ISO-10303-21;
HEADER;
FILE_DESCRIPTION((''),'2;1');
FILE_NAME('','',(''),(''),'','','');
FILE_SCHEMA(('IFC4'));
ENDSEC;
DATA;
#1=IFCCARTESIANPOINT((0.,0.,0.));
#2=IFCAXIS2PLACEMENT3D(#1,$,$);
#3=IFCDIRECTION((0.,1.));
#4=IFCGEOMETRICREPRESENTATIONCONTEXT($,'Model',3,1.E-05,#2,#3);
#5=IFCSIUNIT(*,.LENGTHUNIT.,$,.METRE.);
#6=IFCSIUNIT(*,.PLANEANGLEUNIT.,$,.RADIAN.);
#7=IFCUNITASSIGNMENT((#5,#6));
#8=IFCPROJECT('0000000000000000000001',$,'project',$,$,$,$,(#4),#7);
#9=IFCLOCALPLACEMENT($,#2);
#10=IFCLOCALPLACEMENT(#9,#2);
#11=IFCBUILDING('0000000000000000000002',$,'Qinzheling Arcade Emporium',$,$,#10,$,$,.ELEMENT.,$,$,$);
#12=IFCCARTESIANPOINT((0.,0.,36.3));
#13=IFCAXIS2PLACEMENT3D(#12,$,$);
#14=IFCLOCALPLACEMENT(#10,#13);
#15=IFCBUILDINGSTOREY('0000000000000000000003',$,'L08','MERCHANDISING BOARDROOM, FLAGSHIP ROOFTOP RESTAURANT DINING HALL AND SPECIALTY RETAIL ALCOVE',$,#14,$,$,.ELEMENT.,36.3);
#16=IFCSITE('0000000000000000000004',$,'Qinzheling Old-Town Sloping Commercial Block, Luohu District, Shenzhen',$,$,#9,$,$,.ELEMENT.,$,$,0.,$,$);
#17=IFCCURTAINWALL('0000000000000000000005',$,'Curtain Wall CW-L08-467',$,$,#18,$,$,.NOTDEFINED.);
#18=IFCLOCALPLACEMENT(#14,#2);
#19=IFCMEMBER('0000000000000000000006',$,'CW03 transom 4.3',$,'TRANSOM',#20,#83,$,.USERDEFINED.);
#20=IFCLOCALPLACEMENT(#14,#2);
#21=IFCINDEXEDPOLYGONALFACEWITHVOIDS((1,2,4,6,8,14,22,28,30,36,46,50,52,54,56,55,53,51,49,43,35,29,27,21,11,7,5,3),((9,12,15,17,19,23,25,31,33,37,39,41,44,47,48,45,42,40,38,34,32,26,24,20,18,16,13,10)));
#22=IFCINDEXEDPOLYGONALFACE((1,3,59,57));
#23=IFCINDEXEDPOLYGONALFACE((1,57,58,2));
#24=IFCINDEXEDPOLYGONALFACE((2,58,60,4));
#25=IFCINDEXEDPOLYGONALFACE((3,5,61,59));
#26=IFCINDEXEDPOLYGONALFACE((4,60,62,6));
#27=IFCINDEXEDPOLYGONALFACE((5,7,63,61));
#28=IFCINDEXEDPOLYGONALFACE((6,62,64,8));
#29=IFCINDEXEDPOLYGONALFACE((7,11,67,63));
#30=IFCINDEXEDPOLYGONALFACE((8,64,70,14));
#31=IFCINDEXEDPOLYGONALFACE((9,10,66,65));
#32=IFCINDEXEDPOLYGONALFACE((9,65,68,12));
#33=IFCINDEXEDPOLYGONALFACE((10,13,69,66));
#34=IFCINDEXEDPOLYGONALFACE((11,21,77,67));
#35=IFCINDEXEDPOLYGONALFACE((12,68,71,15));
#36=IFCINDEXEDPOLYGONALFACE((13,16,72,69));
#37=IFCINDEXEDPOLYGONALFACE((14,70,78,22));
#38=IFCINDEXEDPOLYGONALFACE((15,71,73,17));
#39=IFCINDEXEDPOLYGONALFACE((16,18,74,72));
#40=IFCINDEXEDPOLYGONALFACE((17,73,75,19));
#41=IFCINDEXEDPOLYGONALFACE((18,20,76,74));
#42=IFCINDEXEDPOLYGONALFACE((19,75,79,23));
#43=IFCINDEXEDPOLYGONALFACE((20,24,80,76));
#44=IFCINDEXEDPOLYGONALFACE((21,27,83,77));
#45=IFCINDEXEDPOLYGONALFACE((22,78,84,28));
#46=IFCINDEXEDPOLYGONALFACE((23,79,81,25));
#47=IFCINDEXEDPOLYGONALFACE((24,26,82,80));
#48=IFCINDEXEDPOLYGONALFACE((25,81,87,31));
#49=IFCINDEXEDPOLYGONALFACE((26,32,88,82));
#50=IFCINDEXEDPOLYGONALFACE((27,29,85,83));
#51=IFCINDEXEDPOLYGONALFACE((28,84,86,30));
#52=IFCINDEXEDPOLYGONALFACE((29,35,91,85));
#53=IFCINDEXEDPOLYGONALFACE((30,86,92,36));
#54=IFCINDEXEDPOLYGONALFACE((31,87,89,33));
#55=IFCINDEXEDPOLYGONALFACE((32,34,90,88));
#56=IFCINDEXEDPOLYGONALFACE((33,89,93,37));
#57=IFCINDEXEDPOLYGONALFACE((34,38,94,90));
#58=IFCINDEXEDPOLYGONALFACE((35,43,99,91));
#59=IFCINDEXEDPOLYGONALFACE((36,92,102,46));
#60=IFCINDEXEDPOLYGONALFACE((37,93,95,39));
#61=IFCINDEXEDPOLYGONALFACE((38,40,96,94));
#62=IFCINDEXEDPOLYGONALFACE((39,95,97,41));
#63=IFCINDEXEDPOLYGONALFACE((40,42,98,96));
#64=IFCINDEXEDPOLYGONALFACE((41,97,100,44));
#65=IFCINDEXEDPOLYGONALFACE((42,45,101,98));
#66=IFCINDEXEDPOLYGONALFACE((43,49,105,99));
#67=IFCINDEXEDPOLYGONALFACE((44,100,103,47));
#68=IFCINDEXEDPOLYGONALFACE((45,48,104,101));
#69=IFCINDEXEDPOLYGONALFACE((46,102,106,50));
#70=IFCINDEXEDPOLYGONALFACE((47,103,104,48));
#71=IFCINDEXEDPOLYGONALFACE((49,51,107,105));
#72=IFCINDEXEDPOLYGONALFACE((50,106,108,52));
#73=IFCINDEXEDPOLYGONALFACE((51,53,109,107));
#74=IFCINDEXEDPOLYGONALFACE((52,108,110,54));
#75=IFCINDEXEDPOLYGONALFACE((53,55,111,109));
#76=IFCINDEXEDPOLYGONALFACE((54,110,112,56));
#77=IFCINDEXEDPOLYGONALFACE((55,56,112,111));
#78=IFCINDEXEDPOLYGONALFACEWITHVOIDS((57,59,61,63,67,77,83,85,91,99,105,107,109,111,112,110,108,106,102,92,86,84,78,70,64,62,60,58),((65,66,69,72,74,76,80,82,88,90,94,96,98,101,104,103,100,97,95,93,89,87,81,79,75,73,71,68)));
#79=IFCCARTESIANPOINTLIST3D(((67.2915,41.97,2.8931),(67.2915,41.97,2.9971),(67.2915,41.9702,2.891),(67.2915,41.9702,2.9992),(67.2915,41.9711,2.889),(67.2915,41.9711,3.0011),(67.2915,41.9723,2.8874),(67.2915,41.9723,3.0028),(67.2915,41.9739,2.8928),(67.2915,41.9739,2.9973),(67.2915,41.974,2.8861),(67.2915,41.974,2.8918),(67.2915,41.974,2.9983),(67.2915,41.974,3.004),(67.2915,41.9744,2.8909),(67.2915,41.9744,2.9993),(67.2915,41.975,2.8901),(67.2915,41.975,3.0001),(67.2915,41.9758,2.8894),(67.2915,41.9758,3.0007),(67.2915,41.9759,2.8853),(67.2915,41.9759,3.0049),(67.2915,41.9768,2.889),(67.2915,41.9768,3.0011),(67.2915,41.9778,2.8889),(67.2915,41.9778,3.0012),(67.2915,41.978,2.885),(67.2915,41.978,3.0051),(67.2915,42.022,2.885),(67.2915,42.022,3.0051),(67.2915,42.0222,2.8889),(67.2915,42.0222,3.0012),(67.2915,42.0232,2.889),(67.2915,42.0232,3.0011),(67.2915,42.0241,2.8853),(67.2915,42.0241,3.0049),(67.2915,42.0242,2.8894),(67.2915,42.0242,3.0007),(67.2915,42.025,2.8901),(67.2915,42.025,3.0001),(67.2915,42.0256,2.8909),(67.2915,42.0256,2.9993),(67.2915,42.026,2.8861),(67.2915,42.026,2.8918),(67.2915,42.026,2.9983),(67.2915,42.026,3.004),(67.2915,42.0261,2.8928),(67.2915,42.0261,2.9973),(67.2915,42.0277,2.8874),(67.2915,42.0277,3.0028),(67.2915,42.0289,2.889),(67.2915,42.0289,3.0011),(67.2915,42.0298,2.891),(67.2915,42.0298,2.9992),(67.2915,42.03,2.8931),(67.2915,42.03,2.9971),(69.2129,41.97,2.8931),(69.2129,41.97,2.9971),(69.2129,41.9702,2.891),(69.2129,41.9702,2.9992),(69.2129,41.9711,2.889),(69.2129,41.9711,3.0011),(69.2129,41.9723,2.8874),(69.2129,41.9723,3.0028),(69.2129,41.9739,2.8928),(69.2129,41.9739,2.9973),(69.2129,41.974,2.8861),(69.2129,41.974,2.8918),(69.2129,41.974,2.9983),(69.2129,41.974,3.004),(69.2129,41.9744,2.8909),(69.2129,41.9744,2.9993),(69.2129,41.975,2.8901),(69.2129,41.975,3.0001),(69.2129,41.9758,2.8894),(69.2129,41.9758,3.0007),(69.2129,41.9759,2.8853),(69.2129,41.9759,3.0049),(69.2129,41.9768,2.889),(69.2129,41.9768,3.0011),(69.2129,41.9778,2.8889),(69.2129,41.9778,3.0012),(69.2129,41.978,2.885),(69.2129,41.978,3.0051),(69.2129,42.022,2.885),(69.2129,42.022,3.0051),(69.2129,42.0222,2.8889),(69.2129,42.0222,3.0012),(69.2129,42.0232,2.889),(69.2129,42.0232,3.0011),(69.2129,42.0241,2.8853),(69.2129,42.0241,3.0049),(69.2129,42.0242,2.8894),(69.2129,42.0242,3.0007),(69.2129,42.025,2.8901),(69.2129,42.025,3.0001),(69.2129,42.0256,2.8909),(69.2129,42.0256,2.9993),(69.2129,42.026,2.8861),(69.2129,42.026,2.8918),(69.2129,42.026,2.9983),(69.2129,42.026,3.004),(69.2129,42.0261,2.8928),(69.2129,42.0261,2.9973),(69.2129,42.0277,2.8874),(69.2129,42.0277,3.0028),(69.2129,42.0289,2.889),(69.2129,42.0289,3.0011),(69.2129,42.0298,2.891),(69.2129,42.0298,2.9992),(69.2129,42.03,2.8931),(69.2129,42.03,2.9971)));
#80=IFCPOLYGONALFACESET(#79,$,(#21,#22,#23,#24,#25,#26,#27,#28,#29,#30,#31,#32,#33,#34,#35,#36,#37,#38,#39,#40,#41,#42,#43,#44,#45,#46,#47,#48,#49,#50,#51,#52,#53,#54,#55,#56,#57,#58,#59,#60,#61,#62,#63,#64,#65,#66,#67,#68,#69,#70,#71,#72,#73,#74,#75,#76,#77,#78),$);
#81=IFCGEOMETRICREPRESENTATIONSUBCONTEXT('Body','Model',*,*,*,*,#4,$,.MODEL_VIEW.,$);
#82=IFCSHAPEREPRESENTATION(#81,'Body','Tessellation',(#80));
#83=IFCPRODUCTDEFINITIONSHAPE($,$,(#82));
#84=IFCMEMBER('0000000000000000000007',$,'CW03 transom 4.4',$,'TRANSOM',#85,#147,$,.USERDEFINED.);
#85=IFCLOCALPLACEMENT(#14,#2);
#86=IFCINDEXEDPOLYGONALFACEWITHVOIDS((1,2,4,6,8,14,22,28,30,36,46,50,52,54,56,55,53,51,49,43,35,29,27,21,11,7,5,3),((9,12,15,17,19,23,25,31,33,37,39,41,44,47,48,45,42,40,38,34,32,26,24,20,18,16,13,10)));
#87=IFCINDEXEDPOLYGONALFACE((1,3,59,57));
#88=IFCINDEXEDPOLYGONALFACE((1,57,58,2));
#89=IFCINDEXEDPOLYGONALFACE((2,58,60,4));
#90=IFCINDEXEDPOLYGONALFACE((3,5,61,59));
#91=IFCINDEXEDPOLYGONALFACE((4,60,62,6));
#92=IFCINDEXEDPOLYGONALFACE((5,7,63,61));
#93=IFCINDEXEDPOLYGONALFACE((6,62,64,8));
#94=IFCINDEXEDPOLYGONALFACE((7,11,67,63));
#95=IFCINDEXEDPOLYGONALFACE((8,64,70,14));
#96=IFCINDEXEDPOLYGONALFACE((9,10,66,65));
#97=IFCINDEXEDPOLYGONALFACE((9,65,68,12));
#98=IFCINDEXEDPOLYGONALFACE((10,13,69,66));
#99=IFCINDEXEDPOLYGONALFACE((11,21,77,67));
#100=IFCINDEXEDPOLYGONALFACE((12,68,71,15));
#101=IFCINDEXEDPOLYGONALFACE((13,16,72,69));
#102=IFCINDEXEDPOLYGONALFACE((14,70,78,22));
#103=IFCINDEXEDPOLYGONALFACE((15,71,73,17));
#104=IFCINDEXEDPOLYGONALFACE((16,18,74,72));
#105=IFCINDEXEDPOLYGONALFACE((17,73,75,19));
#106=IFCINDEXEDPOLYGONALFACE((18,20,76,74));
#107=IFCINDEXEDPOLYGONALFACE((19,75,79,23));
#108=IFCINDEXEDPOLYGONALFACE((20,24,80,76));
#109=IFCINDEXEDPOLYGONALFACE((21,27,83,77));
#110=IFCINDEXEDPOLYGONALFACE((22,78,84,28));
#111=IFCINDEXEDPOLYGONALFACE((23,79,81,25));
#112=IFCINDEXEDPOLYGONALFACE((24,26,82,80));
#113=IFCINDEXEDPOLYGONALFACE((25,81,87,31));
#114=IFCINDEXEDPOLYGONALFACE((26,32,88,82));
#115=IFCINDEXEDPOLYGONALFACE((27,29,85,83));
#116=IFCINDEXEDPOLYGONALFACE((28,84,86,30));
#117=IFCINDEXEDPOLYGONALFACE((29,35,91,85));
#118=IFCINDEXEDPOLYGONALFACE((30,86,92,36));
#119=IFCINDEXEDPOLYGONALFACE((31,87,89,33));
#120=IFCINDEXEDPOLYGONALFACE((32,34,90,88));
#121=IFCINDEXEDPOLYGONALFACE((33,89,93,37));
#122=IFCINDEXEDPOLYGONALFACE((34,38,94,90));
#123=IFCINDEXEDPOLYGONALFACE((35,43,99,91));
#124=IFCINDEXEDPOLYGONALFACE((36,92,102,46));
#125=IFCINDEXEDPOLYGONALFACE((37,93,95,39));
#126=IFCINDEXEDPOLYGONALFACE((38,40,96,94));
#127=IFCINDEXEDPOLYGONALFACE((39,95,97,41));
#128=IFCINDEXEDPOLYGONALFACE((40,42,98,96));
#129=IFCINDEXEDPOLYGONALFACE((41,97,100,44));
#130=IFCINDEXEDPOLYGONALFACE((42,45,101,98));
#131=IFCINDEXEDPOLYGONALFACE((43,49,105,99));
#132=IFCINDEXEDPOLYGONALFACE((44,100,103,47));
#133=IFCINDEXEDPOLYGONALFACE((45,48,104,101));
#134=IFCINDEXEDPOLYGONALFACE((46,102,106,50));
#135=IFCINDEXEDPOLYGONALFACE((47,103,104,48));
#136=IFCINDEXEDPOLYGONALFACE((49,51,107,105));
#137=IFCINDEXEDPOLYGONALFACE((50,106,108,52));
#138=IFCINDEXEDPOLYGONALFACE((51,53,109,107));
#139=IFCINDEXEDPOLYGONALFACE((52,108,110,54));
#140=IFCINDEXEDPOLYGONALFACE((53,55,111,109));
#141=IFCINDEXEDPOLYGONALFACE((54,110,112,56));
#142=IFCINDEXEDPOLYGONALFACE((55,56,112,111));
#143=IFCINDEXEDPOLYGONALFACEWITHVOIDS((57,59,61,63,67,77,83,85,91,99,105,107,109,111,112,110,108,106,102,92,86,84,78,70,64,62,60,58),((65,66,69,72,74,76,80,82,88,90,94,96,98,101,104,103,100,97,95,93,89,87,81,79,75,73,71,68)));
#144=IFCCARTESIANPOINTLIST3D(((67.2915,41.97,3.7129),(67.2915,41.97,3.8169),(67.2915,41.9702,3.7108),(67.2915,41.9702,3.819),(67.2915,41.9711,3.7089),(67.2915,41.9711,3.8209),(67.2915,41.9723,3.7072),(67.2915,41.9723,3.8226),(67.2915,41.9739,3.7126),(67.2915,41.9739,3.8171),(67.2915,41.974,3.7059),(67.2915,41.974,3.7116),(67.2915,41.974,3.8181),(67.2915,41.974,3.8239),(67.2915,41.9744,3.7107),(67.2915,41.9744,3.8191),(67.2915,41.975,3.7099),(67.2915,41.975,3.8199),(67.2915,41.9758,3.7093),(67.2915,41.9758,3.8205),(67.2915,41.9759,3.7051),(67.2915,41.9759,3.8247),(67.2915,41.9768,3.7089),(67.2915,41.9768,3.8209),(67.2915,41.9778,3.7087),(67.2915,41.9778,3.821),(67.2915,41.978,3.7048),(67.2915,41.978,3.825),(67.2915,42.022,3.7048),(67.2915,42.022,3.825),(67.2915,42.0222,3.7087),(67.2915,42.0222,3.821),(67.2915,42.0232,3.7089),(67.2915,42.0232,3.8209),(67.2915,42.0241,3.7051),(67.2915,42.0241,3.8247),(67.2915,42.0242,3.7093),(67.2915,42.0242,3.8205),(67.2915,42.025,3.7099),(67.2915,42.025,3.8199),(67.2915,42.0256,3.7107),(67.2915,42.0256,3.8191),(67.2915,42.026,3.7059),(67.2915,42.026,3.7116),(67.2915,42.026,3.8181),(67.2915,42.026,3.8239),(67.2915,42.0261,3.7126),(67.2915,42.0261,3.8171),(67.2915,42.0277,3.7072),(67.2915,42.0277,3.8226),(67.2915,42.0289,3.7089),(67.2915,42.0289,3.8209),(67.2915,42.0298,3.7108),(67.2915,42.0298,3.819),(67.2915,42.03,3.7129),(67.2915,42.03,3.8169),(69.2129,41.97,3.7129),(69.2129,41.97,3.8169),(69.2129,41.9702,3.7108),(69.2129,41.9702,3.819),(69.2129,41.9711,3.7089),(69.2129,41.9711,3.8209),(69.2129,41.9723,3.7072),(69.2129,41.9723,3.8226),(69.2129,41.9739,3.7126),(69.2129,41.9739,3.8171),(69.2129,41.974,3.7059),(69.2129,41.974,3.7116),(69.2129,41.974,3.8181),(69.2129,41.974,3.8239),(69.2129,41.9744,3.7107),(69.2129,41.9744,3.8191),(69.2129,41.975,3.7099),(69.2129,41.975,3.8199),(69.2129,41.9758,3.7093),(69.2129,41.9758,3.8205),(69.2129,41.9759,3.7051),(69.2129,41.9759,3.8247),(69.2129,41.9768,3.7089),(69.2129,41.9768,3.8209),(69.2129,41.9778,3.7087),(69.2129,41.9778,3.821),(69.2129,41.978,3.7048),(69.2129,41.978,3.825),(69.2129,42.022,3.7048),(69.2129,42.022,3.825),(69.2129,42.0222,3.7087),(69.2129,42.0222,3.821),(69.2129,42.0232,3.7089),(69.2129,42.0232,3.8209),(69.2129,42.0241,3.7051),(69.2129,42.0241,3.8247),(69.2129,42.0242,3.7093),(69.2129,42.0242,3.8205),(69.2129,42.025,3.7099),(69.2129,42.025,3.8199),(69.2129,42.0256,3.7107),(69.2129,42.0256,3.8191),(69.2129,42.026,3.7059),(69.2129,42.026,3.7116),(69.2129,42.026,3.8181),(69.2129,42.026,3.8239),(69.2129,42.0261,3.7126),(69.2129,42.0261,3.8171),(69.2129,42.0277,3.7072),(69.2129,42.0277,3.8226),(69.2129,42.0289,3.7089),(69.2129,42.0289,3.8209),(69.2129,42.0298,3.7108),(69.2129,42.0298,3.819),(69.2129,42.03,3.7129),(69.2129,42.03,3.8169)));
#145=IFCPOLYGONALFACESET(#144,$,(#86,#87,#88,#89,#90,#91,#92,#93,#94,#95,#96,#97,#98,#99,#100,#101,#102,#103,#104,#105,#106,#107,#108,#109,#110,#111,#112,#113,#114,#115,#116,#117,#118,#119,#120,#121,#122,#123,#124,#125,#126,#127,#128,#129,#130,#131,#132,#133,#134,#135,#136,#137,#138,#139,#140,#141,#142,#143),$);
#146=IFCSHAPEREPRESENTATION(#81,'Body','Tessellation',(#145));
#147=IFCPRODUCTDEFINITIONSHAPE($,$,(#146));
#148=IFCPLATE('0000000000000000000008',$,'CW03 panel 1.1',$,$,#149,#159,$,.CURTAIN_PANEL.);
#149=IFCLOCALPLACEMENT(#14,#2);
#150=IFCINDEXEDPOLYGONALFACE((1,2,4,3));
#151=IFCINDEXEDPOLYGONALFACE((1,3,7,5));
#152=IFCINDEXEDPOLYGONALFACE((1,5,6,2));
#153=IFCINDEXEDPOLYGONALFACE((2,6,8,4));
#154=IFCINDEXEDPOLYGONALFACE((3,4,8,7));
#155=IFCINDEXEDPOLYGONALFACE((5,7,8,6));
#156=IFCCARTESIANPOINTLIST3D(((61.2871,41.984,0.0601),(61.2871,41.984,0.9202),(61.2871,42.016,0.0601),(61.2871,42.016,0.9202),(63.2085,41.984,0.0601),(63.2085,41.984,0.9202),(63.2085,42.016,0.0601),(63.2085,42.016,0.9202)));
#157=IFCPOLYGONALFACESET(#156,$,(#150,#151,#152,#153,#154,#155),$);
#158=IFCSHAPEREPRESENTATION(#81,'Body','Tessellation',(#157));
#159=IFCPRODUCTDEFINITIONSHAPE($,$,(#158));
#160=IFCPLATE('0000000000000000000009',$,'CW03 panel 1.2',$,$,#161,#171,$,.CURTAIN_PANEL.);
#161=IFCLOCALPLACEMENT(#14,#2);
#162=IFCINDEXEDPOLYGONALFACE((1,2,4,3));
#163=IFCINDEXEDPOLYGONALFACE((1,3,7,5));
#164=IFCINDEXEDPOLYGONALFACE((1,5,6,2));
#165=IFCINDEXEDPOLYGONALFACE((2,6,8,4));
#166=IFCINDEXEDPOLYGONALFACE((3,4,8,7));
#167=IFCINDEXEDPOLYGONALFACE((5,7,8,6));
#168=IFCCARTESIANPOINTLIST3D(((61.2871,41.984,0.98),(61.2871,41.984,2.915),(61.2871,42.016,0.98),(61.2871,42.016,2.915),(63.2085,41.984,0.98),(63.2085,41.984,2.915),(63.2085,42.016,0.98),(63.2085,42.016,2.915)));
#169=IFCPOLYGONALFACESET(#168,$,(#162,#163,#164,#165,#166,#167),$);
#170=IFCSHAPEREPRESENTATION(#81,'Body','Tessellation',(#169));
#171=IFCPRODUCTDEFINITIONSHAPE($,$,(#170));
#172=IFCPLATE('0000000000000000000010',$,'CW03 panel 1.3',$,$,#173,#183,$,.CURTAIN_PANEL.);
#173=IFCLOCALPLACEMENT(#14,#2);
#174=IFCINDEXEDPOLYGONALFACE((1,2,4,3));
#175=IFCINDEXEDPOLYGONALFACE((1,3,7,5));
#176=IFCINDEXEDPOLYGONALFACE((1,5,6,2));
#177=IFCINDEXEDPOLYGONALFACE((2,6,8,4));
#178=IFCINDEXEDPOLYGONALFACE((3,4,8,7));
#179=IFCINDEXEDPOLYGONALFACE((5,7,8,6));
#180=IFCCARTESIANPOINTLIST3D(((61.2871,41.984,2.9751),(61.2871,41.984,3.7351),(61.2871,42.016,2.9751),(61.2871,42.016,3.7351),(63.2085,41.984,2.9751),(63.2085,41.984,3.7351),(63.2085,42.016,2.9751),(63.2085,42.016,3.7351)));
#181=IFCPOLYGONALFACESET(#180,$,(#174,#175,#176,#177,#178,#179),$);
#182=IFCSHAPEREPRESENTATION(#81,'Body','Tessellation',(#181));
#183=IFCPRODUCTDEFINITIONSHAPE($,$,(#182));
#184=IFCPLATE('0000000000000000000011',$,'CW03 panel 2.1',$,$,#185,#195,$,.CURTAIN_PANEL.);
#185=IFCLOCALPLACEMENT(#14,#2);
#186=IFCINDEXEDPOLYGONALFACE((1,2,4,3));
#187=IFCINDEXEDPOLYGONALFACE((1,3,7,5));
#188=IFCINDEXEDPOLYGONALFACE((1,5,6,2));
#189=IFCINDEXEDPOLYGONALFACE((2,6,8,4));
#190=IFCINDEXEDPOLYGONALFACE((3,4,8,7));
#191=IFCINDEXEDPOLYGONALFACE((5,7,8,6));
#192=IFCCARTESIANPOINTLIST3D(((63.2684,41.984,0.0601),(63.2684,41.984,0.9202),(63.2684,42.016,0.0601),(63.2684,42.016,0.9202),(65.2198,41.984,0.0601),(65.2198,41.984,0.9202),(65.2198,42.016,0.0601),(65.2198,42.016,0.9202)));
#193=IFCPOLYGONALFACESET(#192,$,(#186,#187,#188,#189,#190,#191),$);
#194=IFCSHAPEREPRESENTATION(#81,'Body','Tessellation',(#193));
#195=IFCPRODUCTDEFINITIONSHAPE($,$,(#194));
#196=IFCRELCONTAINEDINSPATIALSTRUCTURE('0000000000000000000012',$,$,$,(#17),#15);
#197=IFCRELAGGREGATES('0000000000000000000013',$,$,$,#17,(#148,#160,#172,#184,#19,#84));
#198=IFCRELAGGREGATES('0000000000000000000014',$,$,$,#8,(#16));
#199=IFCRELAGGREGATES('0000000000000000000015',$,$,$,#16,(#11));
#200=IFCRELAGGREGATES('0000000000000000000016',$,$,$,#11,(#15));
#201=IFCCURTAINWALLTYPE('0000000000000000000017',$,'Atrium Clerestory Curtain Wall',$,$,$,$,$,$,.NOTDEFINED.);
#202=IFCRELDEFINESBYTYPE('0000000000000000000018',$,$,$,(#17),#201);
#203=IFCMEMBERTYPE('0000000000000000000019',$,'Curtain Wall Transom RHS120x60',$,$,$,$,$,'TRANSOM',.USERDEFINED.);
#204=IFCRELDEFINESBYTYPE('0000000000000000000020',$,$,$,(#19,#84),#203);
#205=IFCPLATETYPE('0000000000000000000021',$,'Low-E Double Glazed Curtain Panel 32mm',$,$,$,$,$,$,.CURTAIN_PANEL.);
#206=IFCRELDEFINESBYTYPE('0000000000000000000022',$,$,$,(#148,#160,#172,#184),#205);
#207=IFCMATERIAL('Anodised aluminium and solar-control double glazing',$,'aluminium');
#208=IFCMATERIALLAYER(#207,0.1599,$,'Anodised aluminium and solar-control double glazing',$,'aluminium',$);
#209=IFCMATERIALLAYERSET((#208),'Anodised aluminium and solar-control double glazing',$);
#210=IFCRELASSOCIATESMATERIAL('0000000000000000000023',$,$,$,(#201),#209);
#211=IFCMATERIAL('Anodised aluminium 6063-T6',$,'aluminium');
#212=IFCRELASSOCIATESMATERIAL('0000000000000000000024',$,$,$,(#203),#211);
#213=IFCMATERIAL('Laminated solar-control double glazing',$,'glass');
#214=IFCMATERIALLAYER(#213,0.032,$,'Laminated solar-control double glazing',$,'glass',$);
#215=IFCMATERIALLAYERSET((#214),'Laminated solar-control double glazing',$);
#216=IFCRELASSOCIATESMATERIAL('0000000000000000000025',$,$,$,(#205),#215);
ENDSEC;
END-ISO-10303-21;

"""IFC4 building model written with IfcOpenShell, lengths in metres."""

from ifc_helpers import new_model, si_unit, direction, frame, origin, origin_2d, place, context, subcontext, project, spatial, rectangle, hollow_rectangle, extrude, material, layer, layer_set, material_profile, profile_set, type_object, element, aggregate, save


model = new_model("IFC4")

# Units and contexts
model_context = context("Model", 3, precision=1e-05, world=origin(), true_north=direction((0.0, 1.0)))
body_context = subcontext(model_context, "Body", "Model", "MODEL_VIEW")
ifc_project = project(units=[si_unit("LENGTHUNIT", "METRE"), si_unit("PLANEANGLEUNIT", "RADIAN")], contexts=[model_context])

# Site, building, storey
site_placement = place(None, origin())
site = spatial("IfcSite", under=ifc_project, at=site_placement, Name="Qinzheling Old-Town Sloping Commercial Block, Luohu District, Shenzhen", CompositionType="ELEMENT", RefElevation=0.0)
building_placement = place(site_placement, origin())
building = spatial("IfcBuilding", under=site, at=building_placement, Name="Qinzheling Arcade Emporium", CompositionType="ELEMENT")
storey_placement = place(building_placement, frame((0.0, 0.0, 36.3)))
storey = spatial("IfcBuildingStorey", under=building, at=storey_placement, Name="L08", Description="MERCHANDISING BOARDROOM, FLAGSHIP ROOFTOP RESTAURANT DINING HALL AND SPECIALTY RETAIL ALCOVE", CompositionType="ELEMENT", Elevation=36.3)

# Curtain wall, members, plates
ifc_material_1 = material(Name="Anodised aluminium and solar-control double glazing", Category="aluminium")
ifc_layer_1 = layer(ifc_material_1, 0.1599, Name="Anodised aluminium and solar-control double glazing", Category="aluminium")
ifc_layer_set_1 = layer_set([ifc_layer_1], Name="Anodised aluminium and solar-control double glazing")
curtain_wall_type = type_object("IfcCurtainWallType", Name="Atrium Clerestory Curtain Wall", PredefinedType="NOTDEFINED", material=ifc_layer_set_1)
curtain_wall_placement = place(storey_placement, origin())
curtain_wall = element("IfcCurtainWall", 1, at=curtain_wall_placement, inside=storey, type_object=curtain_wall_type, Name="Curtain Wall CW-L08-467", PredefinedType="NOTDEFINED")
ifc_material_2 = material(Name="Anodised aluminium 6063-T6", Category="aluminium")
ifc_material_profile_1 = material_profile(ifc_material_2, hollow_rectangle(XDim=0.0601, YDim=0.1201, WallThickness=0.0039, InnerFilletRadius=0.0039, OuterFilletRadius=0.0081, at=origin_2d()), Name="RHS 120x60x4", Category="aluminium")
ifc_profile_set_1 = profile_set([ifc_material_profile_1], Name="Anodised aluminium 6063-T6")
member_type_1 = type_object("IfcMemberType", Name="Curtain Wall Transom RHS120x60", ElementType="TRANSOM", PredefinedType="USERDEFINED", material=ifc_profile_set_1)
member_1_placement = place(storey_placement, frame((67.2915, 42.0, 2.9451), z_axis=(1.0, 0.0, 0.0), x_axis=(0.0, 1.0, 0.0)))
member_1 = element("IfcMember", 2, at=member_1_placement, type_object=member_type_1, Name="CW03 transom 4.3", ObjectType="TRANSOM", PredefinedType="USERDEFINED", context=body_context, shape_type="SweptSolid", body=[
    extrude(hollow_rectangle(XDim=0.0601, YDim=0.1201, WallThickness=0.0039, InnerFilletRadius=0.0039, OuterFilletRadius=0.0081, at=origin_2d()), origin(), (0.0, 0.0, 1.0), 1.9214),
])
member_2_placement = place(storey_placement, frame((67.2915, 42.0, 3.7649), z_axis=(1.0, 0.0, 0.0), x_axis=(0.0, 1.0, 0.0)))
member_2 = element("IfcMember", 3, at=member_2_placement, type_object=member_type_1, Name="CW03 transom 4.4", ObjectType="TRANSOM", PredefinedType="USERDEFINED", context=body_context, shape_type="SweptSolid", body=[
    extrude(hollow_rectangle(XDim=0.0601, YDim=0.1201, WallThickness=0.0039, InnerFilletRadius=0.0039, OuterFilletRadius=0.0081, at=origin_2d()), origin(), (0.0, 0.0, 1.0), 1.9214),
])
ifc_material_3 = material(Name="Laminated solar-control double glazing", Category="glass")
ifc_layer_2 = layer(ifc_material_3, 0.032, Name="Laminated solar-control double glazing", Category="glass")
ifc_layer_set_2 = layer_set([ifc_layer_2], Name="Laminated solar-control double glazing")
plate_type = type_object("IfcPlateType", Name="Low-E Double Glazed Curtain Panel 32mm", PredefinedType="CURTAIN_PANEL", material=ifc_layer_set_2)
plate_1_placement = place(storey_placement, frame((62.2478, 42.0, 0.0601), z_axis=(0.0, 0.0, 1.0), x_axis=(1.0, 0.0, 0.0)))
plate_1 = element("IfcPlate", 4, at=plate_1_placement, type_object=plate_type, Name="CW03 panel 1.1", PredefinedType="CURTAIN_PANEL", context=body_context, shape_type="SweptSolid", body=[
    extrude(rectangle(XDim=1.9214, YDim=0.032, at=origin_2d()), origin(), (0.0, 0.0, 1.0), 0.8601),
])
plate_2_placement = place(storey_placement, frame((62.2478, 42.0, 0.98), z_axis=(0.0, 0.0, 1.0), x_axis=(1.0, 0.0, 0.0)))
plate_2 = element("IfcPlate", 5, at=plate_2_placement, type_object=plate_type, Name="CW03 panel 1.2", PredefinedType="CURTAIN_PANEL", context=body_context, shape_type="SweptSolid", body=[
    extrude(rectangle(XDim=1.9214, YDim=0.032, at=origin_2d()), origin(), (0.0, 0.0, 1.0), 1.9351),
])
plate_3_placement = place(storey_placement, frame((62.2478, 42.0, 2.9751), z_axis=(0.0, 0.0, 1.0), x_axis=(1.0, 0.0, 0.0)))
plate_3 = element("IfcPlate", 6, at=plate_3_placement, type_object=plate_type, Name="CW03 panel 1.3", PredefinedType="CURTAIN_PANEL", context=body_context, shape_type="SweptSolid", body=[
    extrude(rectangle(XDim=1.9214, YDim=0.032, at=origin_2d()), origin(), (0.0, 0.0, 1.0), 0.76),
])
plate_4_placement = place(storey_placement, frame((64.2441, 42.0, 0.0601), z_axis=(0.0, 0.0, 1.0), x_axis=(1.0, 0.0, 0.0)))
plate_4 = element("IfcPlate", 7, at=plate_4_placement, type_object=plate_type, Name="CW03 panel 2.1", PredefinedType="CURTAIN_PANEL", context=body_context, shape_type="SweptSolid", body=[
    extrude(rectangle(XDim=1.9514, YDim=0.032, at=origin_2d()), origin(), (0.0, 0.0, 1.0), 0.8601),
])
aggregate(curtain_wall, [plate_1, plate_2, plate_3, plate_4, member_1, member_2])

save(model, "model.ifc")
